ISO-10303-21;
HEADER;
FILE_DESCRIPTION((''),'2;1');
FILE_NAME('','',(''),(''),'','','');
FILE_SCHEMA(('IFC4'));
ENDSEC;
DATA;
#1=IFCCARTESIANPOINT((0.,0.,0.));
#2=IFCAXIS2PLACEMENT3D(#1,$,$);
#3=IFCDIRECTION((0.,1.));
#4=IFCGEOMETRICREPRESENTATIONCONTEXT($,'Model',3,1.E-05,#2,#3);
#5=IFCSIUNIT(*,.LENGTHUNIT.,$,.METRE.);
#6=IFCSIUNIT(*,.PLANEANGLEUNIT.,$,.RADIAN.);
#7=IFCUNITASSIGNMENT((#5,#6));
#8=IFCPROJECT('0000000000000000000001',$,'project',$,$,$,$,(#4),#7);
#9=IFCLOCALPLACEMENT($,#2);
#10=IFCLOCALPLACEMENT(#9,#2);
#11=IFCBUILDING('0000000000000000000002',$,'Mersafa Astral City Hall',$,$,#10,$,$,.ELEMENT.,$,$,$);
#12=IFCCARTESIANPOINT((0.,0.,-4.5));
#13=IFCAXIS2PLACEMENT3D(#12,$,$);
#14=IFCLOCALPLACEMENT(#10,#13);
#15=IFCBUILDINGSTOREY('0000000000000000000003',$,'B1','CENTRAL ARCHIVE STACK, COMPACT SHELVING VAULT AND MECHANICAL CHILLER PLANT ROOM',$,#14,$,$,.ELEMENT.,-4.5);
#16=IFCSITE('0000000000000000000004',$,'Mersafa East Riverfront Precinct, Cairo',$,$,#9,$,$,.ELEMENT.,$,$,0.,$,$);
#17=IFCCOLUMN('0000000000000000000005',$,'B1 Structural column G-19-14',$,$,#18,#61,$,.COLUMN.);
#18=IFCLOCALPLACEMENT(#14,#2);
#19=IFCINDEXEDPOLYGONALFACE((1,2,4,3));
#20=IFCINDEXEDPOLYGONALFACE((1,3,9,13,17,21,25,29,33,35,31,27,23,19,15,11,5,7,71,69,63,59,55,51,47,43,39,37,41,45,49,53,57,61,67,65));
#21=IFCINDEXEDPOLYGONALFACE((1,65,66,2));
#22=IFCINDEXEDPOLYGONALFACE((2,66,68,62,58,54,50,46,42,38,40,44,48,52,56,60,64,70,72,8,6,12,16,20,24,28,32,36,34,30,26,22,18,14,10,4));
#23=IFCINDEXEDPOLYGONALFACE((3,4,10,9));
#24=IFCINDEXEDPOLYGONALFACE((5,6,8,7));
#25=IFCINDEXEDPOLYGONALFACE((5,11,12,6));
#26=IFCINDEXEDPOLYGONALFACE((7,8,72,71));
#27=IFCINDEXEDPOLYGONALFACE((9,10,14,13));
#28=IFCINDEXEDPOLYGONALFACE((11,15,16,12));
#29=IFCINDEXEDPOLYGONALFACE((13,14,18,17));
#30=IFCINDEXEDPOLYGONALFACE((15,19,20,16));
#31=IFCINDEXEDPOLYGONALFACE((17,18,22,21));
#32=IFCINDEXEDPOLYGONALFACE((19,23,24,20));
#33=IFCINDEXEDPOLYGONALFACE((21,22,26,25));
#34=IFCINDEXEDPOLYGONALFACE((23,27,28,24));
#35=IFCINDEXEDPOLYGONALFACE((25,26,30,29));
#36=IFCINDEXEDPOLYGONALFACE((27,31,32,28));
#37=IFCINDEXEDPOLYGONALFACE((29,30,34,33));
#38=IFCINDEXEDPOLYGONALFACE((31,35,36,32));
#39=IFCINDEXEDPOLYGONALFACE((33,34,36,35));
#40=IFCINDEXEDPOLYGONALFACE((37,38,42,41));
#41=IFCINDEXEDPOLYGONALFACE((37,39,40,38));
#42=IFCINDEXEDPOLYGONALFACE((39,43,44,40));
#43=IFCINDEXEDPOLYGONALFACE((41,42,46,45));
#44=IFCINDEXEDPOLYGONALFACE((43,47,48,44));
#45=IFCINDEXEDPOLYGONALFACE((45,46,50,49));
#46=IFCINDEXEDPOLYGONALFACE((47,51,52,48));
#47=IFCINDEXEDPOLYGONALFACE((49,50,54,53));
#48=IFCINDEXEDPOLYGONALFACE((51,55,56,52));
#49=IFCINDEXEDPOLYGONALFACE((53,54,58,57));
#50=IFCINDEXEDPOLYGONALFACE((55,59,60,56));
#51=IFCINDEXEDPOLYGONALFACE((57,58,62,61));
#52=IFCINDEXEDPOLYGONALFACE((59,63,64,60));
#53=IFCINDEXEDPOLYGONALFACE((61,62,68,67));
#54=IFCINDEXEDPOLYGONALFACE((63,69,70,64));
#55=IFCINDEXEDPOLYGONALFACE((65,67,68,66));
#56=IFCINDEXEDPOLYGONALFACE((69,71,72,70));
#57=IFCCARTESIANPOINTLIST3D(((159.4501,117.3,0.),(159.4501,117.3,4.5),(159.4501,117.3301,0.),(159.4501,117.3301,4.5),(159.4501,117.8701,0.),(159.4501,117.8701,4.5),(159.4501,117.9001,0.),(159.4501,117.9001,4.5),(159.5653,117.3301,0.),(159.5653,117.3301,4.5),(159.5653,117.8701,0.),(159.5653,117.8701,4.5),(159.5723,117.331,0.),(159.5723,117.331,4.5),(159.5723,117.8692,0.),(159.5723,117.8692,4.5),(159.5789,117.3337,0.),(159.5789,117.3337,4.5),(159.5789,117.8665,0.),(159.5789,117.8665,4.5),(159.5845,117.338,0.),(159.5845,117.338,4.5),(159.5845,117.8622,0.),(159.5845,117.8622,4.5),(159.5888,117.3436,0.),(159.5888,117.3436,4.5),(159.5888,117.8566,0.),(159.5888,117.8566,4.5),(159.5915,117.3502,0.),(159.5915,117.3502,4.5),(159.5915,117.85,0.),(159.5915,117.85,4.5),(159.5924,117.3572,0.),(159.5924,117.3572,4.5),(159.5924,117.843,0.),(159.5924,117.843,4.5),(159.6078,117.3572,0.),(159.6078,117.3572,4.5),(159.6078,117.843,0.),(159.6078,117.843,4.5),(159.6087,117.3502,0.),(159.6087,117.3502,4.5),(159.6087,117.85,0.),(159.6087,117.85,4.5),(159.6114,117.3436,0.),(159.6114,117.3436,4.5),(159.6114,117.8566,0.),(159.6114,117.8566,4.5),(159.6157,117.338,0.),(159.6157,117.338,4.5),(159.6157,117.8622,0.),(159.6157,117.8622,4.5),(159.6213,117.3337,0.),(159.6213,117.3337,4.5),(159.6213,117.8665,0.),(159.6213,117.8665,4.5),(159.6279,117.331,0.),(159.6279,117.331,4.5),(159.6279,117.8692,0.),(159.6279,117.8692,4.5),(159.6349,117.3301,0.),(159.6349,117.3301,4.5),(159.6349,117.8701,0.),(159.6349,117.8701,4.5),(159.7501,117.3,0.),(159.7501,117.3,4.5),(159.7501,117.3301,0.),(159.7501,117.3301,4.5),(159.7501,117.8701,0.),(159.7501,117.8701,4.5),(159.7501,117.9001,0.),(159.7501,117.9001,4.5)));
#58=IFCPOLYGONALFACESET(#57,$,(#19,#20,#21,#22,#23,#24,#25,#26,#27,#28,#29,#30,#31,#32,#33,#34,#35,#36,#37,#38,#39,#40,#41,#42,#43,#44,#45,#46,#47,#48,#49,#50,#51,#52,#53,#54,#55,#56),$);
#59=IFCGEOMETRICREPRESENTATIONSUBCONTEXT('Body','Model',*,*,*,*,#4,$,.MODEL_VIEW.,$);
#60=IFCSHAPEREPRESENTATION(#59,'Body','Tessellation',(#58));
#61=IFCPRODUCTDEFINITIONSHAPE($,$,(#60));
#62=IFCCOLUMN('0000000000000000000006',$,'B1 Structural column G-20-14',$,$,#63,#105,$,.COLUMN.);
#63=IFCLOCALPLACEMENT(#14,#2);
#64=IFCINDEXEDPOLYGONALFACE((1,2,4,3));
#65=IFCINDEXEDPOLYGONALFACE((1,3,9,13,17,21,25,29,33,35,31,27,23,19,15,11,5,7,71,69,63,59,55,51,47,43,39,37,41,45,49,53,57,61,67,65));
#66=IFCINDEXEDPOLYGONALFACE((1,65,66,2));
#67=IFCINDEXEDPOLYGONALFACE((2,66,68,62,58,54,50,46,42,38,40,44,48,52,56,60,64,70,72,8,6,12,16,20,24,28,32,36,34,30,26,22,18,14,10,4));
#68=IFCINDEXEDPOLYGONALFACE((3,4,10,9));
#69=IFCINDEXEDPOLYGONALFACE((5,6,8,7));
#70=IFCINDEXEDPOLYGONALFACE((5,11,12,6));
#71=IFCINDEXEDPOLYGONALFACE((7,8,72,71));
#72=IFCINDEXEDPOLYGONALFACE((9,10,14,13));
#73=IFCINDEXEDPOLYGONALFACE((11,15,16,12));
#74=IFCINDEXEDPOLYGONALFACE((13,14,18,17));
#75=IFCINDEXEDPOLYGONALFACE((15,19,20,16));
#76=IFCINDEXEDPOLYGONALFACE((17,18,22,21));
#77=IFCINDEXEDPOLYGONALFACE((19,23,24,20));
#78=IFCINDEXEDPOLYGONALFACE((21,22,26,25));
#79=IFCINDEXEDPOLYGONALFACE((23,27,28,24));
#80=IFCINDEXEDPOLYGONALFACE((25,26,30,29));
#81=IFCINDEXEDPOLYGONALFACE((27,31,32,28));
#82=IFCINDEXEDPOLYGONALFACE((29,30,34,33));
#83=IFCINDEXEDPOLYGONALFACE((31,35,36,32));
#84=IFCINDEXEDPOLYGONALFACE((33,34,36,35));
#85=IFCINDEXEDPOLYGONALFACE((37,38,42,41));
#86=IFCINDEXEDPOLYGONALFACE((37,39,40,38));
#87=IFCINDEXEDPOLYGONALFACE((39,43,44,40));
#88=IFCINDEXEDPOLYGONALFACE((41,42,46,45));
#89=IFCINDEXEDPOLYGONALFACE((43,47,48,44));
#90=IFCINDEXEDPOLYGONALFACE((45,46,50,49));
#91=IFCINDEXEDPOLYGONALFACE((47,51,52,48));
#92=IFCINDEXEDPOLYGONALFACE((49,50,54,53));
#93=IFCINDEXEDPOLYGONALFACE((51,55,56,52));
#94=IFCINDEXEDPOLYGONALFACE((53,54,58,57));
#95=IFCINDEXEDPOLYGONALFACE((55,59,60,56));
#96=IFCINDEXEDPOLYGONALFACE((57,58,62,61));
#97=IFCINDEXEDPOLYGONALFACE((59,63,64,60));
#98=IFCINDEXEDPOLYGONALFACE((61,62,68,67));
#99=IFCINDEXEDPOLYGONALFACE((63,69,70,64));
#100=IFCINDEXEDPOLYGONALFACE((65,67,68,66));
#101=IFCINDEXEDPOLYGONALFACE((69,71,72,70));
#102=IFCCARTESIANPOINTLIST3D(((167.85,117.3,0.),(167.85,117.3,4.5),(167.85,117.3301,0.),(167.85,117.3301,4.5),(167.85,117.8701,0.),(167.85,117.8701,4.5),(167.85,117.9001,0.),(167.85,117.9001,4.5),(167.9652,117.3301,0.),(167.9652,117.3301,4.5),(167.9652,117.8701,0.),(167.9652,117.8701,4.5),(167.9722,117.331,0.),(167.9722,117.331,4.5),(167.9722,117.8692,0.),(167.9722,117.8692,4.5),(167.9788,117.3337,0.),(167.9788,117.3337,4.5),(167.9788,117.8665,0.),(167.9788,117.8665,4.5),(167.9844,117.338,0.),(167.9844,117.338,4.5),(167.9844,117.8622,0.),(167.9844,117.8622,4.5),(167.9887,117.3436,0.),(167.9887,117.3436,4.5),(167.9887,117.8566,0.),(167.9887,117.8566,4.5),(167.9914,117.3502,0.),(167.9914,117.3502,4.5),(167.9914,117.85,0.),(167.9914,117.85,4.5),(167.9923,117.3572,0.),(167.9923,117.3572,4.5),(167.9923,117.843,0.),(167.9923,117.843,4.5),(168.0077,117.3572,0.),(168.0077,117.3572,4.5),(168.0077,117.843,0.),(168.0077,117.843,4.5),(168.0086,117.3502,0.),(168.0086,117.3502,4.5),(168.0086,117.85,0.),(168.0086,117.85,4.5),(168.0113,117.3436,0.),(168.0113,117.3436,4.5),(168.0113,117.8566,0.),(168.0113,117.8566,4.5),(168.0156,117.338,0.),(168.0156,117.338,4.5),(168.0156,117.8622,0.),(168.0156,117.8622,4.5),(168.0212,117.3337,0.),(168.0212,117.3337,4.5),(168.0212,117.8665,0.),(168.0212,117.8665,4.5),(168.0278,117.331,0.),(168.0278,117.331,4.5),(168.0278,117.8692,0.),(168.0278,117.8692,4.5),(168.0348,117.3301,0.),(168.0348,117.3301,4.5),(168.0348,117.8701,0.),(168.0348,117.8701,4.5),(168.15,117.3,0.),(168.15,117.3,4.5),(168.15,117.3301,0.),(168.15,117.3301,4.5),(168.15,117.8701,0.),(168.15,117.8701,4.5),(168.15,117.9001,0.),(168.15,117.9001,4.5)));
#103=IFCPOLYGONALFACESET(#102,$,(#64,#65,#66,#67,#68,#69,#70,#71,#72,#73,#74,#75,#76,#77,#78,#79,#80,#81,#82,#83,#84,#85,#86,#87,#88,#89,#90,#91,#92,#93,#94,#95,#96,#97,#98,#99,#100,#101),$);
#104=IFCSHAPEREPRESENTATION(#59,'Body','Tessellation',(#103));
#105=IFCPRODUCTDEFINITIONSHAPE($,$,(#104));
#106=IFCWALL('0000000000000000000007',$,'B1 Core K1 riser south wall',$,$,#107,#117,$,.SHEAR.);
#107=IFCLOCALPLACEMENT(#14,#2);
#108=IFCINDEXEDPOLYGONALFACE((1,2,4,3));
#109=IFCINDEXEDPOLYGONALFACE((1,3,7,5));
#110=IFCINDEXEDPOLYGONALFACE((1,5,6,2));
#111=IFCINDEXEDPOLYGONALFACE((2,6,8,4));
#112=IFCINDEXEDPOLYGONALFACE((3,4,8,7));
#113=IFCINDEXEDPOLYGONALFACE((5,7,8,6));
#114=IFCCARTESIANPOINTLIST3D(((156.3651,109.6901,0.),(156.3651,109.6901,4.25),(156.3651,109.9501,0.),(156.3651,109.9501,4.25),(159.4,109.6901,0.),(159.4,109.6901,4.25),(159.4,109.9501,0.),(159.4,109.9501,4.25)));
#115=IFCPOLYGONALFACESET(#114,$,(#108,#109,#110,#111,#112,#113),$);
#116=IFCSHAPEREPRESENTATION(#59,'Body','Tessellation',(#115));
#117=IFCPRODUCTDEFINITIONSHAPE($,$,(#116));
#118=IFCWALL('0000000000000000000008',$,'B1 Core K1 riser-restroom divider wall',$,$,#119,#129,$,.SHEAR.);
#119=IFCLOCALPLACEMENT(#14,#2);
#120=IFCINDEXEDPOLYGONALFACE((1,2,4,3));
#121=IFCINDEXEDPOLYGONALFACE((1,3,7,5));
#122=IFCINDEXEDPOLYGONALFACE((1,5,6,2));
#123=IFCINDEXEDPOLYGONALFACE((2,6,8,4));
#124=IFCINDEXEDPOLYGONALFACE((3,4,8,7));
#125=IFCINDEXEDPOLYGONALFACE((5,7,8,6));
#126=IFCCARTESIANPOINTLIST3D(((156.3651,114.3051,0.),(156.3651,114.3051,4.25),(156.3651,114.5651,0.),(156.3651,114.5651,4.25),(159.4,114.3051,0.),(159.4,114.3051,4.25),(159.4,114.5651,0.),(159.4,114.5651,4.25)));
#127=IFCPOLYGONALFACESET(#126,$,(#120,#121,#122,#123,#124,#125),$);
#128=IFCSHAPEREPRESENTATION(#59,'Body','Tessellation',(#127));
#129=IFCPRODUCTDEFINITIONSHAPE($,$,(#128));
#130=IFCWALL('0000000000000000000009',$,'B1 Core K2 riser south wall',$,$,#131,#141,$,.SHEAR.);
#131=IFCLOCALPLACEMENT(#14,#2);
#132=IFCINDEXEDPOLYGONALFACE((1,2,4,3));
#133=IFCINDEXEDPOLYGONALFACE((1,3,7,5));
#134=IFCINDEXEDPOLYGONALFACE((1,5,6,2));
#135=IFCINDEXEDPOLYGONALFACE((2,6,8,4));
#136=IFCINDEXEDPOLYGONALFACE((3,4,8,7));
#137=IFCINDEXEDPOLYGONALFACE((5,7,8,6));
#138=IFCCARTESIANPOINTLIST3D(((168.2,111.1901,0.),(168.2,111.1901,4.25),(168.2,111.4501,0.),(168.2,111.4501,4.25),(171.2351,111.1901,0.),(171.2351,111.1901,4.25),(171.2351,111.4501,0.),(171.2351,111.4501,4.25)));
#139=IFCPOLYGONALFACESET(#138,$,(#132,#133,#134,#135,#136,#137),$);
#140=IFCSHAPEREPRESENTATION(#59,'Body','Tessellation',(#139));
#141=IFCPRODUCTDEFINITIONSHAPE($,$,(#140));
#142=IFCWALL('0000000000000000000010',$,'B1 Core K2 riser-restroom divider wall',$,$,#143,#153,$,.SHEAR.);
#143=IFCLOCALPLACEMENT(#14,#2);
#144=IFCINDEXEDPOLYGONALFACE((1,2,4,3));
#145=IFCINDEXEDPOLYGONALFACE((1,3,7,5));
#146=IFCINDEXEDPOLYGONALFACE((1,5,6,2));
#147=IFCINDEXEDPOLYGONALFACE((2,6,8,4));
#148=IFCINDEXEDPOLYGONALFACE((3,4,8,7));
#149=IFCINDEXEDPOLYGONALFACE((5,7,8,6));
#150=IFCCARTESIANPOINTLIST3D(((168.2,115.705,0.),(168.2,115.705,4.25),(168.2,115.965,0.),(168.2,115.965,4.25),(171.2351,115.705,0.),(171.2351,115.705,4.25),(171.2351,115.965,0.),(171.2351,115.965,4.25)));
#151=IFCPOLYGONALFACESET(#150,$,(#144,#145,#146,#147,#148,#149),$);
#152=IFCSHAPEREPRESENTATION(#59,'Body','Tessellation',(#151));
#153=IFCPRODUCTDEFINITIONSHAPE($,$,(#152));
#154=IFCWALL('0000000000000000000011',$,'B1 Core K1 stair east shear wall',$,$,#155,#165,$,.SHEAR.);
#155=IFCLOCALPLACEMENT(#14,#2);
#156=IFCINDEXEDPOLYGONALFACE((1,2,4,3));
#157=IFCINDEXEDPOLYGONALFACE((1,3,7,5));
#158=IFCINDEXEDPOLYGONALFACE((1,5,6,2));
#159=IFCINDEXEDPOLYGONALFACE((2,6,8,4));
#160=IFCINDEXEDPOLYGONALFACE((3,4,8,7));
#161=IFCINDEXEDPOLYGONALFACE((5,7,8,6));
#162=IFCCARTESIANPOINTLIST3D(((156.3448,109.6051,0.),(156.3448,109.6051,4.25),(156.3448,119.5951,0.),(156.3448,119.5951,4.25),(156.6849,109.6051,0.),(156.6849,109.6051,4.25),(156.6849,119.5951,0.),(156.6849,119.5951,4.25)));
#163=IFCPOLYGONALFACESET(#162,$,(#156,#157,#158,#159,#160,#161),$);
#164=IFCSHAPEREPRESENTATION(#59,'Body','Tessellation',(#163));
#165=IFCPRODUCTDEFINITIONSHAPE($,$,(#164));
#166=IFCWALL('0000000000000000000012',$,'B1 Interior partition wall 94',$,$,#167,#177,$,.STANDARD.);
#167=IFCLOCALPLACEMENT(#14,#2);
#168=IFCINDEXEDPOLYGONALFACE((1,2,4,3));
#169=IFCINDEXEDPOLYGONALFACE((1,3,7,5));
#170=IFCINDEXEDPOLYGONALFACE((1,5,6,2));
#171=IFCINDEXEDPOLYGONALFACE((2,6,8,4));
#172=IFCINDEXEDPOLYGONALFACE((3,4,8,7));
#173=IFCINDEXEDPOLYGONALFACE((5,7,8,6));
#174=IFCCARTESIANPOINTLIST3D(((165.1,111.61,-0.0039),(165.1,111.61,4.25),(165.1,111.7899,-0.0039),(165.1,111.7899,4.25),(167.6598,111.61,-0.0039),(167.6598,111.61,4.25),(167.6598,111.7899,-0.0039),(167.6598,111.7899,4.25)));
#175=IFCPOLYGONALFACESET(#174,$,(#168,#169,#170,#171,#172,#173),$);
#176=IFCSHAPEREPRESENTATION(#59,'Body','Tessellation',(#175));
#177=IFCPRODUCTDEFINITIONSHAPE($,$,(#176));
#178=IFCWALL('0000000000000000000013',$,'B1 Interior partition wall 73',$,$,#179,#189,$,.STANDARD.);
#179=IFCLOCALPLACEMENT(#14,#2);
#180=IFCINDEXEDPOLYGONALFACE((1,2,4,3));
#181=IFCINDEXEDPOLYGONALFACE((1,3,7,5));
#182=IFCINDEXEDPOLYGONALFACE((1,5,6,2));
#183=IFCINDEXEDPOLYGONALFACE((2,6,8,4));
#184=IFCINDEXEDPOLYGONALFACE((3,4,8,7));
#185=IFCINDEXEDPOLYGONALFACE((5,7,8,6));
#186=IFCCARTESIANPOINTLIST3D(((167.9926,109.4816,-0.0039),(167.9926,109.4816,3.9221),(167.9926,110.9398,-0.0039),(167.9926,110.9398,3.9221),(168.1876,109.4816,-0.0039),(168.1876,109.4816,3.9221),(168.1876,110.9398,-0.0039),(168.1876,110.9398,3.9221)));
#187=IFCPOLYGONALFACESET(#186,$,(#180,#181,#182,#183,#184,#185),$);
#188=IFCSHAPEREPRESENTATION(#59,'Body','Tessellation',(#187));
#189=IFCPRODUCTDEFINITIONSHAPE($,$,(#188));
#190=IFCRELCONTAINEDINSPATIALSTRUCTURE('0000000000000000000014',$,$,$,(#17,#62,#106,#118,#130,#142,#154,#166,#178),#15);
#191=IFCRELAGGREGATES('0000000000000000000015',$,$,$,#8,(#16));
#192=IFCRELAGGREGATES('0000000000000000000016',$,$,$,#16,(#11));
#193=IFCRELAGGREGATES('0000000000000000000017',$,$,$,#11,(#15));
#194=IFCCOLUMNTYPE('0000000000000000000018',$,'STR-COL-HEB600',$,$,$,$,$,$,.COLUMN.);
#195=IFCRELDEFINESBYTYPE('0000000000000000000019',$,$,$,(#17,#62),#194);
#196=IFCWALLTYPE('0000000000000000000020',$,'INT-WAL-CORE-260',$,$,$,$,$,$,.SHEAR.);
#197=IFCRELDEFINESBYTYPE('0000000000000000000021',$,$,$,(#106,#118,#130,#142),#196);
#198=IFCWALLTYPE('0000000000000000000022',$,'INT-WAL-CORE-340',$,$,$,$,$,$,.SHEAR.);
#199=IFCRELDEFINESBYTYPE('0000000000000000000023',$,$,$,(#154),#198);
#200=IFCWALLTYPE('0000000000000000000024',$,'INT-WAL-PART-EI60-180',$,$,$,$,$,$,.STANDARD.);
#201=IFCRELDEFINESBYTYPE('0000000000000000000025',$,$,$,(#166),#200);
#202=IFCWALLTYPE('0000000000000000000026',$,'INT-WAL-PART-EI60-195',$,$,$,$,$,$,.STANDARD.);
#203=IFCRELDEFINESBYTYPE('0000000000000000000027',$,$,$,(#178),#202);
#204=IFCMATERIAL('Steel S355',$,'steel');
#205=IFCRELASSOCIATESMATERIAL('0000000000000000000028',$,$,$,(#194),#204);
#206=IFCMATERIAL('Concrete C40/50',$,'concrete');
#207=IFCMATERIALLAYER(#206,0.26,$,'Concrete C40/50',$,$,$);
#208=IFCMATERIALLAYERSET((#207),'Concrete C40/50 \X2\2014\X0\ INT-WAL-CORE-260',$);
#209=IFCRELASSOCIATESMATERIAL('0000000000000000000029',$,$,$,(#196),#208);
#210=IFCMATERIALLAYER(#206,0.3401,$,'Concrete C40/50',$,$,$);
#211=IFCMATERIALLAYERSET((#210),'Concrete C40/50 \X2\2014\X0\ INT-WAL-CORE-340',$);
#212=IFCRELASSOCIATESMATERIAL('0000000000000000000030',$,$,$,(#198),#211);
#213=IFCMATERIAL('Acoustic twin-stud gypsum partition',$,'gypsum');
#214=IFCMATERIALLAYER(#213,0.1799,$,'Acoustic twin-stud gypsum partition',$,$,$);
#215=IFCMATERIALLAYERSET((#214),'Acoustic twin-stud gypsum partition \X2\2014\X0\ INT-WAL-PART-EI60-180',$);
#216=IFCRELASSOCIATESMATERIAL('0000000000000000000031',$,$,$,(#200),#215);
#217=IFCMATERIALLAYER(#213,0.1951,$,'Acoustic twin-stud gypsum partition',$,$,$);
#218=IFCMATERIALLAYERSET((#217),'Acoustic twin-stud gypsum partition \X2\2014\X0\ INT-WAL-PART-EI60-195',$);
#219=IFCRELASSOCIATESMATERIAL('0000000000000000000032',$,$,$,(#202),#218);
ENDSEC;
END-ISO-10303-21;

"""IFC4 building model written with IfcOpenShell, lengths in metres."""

from ifc_helpers import new_model, si_unit, direction, frame, frame_2d, origin, origin_2d, place, context, subcontext, project, spatial, rectangle, i_section, extrude, material, layer, layer_set, material_profile, profile_set, type_object, element, save


model = new_model("IFC4")

# Units and contexts
model_context = context("Model", 3, precision=1e-05, world=origin(), true_north=direction((0.0, 1.0)))
body_context = subcontext(model_context, "Body", "Model", "MODEL_VIEW")
ifc_project = project(units=[si_unit("LENGTHUNIT", "METRE"), si_unit("PLANEANGLEUNIT", "RADIAN")], contexts=[model_context])

# Site, building, storey
site_placement = place(None, origin())
site = spatial("IfcSite", under=ifc_project, at=site_placement, Name="Mersafa East Riverfront Precinct, Cairo", CompositionType="ELEMENT", RefElevation=0.0)
building_placement = place(site_placement, origin())
building = spatial("IfcBuilding", under=site, at=building_placement, Name="Mersafa Astral City Hall", CompositionType="ELEMENT")
storey_placement = place(building_placement, frame((0.0, 0.0, -4.5)))
storey = spatial("IfcBuildingStorey", under=building, at=storey_placement, Name="B1", Description="CENTRAL ARCHIVE STACK, COMPACT SHELVING VAULT AND MECHANICAL CHILLER PLANT ROOM", CompositionType="ELEMENT", Elevation=-4.5)

# Shared definitions
ifc_material_1 = material(Name="Concrete C40/50", Category="concrete")

# Columns
ifc_material_2 = material(Name="Steel S355", Category="steel")
ifc_material_profile_1 = material_profile(ifc_material_2, i_section(OverallWidth=0.3, OverallDepth=0.6001, WebThickness=0.0154, FlangeThickness=0.03, FilletRadius=0.0271, at=origin_2d()), Name="HEB 600")
ifc_profile_set_1 = profile_set([ifc_material_profile_1], Name="Steel S355")
column_type = type_object("IfcColumnType", Name="STR-COL-HEB600", PredefinedType="COLUMN", material=ifc_profile_set_1)
for number, where, z_axis, x_axis, name in (
    (1, (159.6001, 117.6001, 0.0), (0.0, 0.0, 1.0), (1.0, 0.0, 0.0), "B1 Structural column G-19-14"),
    (2, (168.0, 117.6001, 0.0), (0.0, 0.0, 1.0), (1.0, 0.0, 0.0), "B1 Structural column G-20-14"),
):
    element("IfcColumn", number, at=place(storey_placement, frame(where, z_axis=z_axis, x_axis=x_axis)), inside=storey, type_object=column_type, Name=name, PredefinedType="COLUMN", context=body_context, shape_type="SweptSolid", body=[
        extrude(i_section(OverallWidth=0.3, OverallDepth=0.6001, WebThickness=0.0154, FlangeThickness=0.03, FilletRadius=0.0271, at=origin_2d()), origin(), (0.0, 0.0, 1.0), 4.5),
    ])

# Walls
ifc_layer_1 = layer(ifc_material_1, 0.26, Name="Concrete C40/50")
ifc_layer_set_1 = layer_set([ifc_layer_1], Name="Concrete C40/50 — INT-WAL-CORE-260")
wall_type_1 = type_object("IfcWallType", Name="INT-WAL-CORE-260", PredefinedType="SHEAR", material=ifc_layer_set_1)
for number, where, z_axis, x_axis, name in (
    (3, (156.365, 109.8201, 0.0), (0.0, 0.0, 1.0), (1.0, 0.0, 0.0), "B1 Core K1 riser south wall"),
    (4, (156.365, 114.4351, 0.0), (0.0, 0.0, 1.0), (1.0, 0.0, 0.0), "B1 Core K1 riser-restroom divider wall"),
):
    element("IfcWall", number, at=place(storey_placement, frame(where, z_axis=z_axis, x_axis=x_axis)), inside=storey, type_object=wall_type_1, Name=name, PredefinedType="SHEAR", context=body_context, shape_type="SweptSolid", body=[
        extrude(rectangle(XDim=3.0349, YDim=0.26, at=frame_2d((1.5176, 0.0))), origin(), (0.0, 0.0, 1.0), 4.25),
    ])
for number, where, z_axis, x_axis, name in (
    (5, (168.2, 111.3201, 0.0), (0.0, 0.0, 1.0), (1.0, 0.0, 0.0), "B1 Core K2 riser south wall"),
    (6, (168.2, 115.835, 0.0), (0.0, 0.0, 1.0), (1.0, 0.0, 0.0), "B1 Core K2 riser-restroom divider wall"),
):
    element("IfcWall", number, at=place(storey_placement, frame(where, z_axis=z_axis, x_axis=x_axis)), inside=storey, type_object=wall_type_1, Name=name, PredefinedType="SHEAR", context=body_context, shape_type="SweptSolid", body=[
        extrude(rectangle(XDim=3.0352, YDim=0.26, at=frame_2d((1.5176, 0.0))), origin(), (0.0, 0.0, 1.0), 4.25),
    ])
ifc_layer_2 = layer(ifc_material_1, 0.3401, Name="Concrete C40/50")
ifc_layer_set_2 = layer_set([ifc_layer_2], Name="Concrete C40/50 — INT-WAL-CORE-340")
wall_type_2 = type_object("IfcWallType", Name="INT-WAL-CORE-340", PredefinedType="SHEAR", material=ifc_layer_set_2)
wall_1_placement = place(storey_placement, frame((156.5149, 109.605, 0.0), z_axis=(0.0, 0.0, 1.0), x_axis=(0.0, 1.0, 0.0)))
element("IfcWall", 7, at=wall_1_placement, inside=storey, type_object=wall_type_2, Name="B1 Core K1 stair east shear wall", PredefinedType="SHEAR", context=body_context, shape_type="SweptSolid", body=[
    extrude(rectangle(XDim=9.99, YDim=0.3401, at=frame_2d((4.9951, 0.0))), origin(), (0.0, 0.0, 1.0), 4.25),
])
ifc_material_3 = material(Name="Acoustic twin-stud gypsum partition", Category="gypsum")
ifc_layer_3 = layer(ifc_material_3, 0.1799, Name="Acoustic twin-stud gypsum partition")
ifc_layer_set_3 = layer_set([ifc_layer_3], Name="Acoustic twin-stud gypsum partition — INT-WAL-PART-EI60-180")
wall_type_3 = type_object("IfcWallType", Name="INT-WAL-PART-EI60-180", PredefinedType="STANDARD", material=ifc_layer_set_3)
wall_2_placement = place(storey_placement, frame((165.1001, 111.7, -0.0039), z_axis=(0.0, 0.0, 1.0), x_axis=(1.0, 0.0, 0.0)))
element("IfcWall", 8, at=wall_2_placement, inside=storey, type_object=wall_type_3, Name="B1 Interior partition wall 94", PredefinedType="STANDARD", context=body_context, shape_type="SweptSolid", body=[
    extrude(rectangle(XDim=2.5598, YDim=0.1799, at=frame_2d((1.2798, 0.0))), origin(), (0.0, 0.0, 1.0), 4.2539),
])
ifc_layer_4 = layer(ifc_material_3, 0.1951, Name="Acoustic twin-stud gypsum partition")
ifc_layer_set_4 = layer_set([ifc_layer_4], Name="Acoustic twin-stud gypsum partition — INT-WAL-PART-EI60-195")
wall_type_4 = type_object("IfcWallType", Name="INT-WAL-PART-EI60-195", PredefinedType="STANDARD", material=ifc_layer_set_4)
wall_3_placement = place(storey_placement, frame((168.0901, 109.4817, -0.0039), z_axis=(0.0, 0.0, 1.0), x_axis=(0.0, 1.0, 0.0)))
element("IfcWall", 9, at=wall_3_placement, inside=storey, type_object=wall_type_4, Name="B1 Interior partition wall 73", PredefinedType="STANDARD", context=body_context, shape_type="SweptSolid", body=[
    extrude(rectangle(XDim=1.4583, YDim=0.1951, at=frame_2d((0.729, 0.0))), origin(), (0.0, 0.0, 1.0), 3.926),
])

save(model, "model.ifc")
